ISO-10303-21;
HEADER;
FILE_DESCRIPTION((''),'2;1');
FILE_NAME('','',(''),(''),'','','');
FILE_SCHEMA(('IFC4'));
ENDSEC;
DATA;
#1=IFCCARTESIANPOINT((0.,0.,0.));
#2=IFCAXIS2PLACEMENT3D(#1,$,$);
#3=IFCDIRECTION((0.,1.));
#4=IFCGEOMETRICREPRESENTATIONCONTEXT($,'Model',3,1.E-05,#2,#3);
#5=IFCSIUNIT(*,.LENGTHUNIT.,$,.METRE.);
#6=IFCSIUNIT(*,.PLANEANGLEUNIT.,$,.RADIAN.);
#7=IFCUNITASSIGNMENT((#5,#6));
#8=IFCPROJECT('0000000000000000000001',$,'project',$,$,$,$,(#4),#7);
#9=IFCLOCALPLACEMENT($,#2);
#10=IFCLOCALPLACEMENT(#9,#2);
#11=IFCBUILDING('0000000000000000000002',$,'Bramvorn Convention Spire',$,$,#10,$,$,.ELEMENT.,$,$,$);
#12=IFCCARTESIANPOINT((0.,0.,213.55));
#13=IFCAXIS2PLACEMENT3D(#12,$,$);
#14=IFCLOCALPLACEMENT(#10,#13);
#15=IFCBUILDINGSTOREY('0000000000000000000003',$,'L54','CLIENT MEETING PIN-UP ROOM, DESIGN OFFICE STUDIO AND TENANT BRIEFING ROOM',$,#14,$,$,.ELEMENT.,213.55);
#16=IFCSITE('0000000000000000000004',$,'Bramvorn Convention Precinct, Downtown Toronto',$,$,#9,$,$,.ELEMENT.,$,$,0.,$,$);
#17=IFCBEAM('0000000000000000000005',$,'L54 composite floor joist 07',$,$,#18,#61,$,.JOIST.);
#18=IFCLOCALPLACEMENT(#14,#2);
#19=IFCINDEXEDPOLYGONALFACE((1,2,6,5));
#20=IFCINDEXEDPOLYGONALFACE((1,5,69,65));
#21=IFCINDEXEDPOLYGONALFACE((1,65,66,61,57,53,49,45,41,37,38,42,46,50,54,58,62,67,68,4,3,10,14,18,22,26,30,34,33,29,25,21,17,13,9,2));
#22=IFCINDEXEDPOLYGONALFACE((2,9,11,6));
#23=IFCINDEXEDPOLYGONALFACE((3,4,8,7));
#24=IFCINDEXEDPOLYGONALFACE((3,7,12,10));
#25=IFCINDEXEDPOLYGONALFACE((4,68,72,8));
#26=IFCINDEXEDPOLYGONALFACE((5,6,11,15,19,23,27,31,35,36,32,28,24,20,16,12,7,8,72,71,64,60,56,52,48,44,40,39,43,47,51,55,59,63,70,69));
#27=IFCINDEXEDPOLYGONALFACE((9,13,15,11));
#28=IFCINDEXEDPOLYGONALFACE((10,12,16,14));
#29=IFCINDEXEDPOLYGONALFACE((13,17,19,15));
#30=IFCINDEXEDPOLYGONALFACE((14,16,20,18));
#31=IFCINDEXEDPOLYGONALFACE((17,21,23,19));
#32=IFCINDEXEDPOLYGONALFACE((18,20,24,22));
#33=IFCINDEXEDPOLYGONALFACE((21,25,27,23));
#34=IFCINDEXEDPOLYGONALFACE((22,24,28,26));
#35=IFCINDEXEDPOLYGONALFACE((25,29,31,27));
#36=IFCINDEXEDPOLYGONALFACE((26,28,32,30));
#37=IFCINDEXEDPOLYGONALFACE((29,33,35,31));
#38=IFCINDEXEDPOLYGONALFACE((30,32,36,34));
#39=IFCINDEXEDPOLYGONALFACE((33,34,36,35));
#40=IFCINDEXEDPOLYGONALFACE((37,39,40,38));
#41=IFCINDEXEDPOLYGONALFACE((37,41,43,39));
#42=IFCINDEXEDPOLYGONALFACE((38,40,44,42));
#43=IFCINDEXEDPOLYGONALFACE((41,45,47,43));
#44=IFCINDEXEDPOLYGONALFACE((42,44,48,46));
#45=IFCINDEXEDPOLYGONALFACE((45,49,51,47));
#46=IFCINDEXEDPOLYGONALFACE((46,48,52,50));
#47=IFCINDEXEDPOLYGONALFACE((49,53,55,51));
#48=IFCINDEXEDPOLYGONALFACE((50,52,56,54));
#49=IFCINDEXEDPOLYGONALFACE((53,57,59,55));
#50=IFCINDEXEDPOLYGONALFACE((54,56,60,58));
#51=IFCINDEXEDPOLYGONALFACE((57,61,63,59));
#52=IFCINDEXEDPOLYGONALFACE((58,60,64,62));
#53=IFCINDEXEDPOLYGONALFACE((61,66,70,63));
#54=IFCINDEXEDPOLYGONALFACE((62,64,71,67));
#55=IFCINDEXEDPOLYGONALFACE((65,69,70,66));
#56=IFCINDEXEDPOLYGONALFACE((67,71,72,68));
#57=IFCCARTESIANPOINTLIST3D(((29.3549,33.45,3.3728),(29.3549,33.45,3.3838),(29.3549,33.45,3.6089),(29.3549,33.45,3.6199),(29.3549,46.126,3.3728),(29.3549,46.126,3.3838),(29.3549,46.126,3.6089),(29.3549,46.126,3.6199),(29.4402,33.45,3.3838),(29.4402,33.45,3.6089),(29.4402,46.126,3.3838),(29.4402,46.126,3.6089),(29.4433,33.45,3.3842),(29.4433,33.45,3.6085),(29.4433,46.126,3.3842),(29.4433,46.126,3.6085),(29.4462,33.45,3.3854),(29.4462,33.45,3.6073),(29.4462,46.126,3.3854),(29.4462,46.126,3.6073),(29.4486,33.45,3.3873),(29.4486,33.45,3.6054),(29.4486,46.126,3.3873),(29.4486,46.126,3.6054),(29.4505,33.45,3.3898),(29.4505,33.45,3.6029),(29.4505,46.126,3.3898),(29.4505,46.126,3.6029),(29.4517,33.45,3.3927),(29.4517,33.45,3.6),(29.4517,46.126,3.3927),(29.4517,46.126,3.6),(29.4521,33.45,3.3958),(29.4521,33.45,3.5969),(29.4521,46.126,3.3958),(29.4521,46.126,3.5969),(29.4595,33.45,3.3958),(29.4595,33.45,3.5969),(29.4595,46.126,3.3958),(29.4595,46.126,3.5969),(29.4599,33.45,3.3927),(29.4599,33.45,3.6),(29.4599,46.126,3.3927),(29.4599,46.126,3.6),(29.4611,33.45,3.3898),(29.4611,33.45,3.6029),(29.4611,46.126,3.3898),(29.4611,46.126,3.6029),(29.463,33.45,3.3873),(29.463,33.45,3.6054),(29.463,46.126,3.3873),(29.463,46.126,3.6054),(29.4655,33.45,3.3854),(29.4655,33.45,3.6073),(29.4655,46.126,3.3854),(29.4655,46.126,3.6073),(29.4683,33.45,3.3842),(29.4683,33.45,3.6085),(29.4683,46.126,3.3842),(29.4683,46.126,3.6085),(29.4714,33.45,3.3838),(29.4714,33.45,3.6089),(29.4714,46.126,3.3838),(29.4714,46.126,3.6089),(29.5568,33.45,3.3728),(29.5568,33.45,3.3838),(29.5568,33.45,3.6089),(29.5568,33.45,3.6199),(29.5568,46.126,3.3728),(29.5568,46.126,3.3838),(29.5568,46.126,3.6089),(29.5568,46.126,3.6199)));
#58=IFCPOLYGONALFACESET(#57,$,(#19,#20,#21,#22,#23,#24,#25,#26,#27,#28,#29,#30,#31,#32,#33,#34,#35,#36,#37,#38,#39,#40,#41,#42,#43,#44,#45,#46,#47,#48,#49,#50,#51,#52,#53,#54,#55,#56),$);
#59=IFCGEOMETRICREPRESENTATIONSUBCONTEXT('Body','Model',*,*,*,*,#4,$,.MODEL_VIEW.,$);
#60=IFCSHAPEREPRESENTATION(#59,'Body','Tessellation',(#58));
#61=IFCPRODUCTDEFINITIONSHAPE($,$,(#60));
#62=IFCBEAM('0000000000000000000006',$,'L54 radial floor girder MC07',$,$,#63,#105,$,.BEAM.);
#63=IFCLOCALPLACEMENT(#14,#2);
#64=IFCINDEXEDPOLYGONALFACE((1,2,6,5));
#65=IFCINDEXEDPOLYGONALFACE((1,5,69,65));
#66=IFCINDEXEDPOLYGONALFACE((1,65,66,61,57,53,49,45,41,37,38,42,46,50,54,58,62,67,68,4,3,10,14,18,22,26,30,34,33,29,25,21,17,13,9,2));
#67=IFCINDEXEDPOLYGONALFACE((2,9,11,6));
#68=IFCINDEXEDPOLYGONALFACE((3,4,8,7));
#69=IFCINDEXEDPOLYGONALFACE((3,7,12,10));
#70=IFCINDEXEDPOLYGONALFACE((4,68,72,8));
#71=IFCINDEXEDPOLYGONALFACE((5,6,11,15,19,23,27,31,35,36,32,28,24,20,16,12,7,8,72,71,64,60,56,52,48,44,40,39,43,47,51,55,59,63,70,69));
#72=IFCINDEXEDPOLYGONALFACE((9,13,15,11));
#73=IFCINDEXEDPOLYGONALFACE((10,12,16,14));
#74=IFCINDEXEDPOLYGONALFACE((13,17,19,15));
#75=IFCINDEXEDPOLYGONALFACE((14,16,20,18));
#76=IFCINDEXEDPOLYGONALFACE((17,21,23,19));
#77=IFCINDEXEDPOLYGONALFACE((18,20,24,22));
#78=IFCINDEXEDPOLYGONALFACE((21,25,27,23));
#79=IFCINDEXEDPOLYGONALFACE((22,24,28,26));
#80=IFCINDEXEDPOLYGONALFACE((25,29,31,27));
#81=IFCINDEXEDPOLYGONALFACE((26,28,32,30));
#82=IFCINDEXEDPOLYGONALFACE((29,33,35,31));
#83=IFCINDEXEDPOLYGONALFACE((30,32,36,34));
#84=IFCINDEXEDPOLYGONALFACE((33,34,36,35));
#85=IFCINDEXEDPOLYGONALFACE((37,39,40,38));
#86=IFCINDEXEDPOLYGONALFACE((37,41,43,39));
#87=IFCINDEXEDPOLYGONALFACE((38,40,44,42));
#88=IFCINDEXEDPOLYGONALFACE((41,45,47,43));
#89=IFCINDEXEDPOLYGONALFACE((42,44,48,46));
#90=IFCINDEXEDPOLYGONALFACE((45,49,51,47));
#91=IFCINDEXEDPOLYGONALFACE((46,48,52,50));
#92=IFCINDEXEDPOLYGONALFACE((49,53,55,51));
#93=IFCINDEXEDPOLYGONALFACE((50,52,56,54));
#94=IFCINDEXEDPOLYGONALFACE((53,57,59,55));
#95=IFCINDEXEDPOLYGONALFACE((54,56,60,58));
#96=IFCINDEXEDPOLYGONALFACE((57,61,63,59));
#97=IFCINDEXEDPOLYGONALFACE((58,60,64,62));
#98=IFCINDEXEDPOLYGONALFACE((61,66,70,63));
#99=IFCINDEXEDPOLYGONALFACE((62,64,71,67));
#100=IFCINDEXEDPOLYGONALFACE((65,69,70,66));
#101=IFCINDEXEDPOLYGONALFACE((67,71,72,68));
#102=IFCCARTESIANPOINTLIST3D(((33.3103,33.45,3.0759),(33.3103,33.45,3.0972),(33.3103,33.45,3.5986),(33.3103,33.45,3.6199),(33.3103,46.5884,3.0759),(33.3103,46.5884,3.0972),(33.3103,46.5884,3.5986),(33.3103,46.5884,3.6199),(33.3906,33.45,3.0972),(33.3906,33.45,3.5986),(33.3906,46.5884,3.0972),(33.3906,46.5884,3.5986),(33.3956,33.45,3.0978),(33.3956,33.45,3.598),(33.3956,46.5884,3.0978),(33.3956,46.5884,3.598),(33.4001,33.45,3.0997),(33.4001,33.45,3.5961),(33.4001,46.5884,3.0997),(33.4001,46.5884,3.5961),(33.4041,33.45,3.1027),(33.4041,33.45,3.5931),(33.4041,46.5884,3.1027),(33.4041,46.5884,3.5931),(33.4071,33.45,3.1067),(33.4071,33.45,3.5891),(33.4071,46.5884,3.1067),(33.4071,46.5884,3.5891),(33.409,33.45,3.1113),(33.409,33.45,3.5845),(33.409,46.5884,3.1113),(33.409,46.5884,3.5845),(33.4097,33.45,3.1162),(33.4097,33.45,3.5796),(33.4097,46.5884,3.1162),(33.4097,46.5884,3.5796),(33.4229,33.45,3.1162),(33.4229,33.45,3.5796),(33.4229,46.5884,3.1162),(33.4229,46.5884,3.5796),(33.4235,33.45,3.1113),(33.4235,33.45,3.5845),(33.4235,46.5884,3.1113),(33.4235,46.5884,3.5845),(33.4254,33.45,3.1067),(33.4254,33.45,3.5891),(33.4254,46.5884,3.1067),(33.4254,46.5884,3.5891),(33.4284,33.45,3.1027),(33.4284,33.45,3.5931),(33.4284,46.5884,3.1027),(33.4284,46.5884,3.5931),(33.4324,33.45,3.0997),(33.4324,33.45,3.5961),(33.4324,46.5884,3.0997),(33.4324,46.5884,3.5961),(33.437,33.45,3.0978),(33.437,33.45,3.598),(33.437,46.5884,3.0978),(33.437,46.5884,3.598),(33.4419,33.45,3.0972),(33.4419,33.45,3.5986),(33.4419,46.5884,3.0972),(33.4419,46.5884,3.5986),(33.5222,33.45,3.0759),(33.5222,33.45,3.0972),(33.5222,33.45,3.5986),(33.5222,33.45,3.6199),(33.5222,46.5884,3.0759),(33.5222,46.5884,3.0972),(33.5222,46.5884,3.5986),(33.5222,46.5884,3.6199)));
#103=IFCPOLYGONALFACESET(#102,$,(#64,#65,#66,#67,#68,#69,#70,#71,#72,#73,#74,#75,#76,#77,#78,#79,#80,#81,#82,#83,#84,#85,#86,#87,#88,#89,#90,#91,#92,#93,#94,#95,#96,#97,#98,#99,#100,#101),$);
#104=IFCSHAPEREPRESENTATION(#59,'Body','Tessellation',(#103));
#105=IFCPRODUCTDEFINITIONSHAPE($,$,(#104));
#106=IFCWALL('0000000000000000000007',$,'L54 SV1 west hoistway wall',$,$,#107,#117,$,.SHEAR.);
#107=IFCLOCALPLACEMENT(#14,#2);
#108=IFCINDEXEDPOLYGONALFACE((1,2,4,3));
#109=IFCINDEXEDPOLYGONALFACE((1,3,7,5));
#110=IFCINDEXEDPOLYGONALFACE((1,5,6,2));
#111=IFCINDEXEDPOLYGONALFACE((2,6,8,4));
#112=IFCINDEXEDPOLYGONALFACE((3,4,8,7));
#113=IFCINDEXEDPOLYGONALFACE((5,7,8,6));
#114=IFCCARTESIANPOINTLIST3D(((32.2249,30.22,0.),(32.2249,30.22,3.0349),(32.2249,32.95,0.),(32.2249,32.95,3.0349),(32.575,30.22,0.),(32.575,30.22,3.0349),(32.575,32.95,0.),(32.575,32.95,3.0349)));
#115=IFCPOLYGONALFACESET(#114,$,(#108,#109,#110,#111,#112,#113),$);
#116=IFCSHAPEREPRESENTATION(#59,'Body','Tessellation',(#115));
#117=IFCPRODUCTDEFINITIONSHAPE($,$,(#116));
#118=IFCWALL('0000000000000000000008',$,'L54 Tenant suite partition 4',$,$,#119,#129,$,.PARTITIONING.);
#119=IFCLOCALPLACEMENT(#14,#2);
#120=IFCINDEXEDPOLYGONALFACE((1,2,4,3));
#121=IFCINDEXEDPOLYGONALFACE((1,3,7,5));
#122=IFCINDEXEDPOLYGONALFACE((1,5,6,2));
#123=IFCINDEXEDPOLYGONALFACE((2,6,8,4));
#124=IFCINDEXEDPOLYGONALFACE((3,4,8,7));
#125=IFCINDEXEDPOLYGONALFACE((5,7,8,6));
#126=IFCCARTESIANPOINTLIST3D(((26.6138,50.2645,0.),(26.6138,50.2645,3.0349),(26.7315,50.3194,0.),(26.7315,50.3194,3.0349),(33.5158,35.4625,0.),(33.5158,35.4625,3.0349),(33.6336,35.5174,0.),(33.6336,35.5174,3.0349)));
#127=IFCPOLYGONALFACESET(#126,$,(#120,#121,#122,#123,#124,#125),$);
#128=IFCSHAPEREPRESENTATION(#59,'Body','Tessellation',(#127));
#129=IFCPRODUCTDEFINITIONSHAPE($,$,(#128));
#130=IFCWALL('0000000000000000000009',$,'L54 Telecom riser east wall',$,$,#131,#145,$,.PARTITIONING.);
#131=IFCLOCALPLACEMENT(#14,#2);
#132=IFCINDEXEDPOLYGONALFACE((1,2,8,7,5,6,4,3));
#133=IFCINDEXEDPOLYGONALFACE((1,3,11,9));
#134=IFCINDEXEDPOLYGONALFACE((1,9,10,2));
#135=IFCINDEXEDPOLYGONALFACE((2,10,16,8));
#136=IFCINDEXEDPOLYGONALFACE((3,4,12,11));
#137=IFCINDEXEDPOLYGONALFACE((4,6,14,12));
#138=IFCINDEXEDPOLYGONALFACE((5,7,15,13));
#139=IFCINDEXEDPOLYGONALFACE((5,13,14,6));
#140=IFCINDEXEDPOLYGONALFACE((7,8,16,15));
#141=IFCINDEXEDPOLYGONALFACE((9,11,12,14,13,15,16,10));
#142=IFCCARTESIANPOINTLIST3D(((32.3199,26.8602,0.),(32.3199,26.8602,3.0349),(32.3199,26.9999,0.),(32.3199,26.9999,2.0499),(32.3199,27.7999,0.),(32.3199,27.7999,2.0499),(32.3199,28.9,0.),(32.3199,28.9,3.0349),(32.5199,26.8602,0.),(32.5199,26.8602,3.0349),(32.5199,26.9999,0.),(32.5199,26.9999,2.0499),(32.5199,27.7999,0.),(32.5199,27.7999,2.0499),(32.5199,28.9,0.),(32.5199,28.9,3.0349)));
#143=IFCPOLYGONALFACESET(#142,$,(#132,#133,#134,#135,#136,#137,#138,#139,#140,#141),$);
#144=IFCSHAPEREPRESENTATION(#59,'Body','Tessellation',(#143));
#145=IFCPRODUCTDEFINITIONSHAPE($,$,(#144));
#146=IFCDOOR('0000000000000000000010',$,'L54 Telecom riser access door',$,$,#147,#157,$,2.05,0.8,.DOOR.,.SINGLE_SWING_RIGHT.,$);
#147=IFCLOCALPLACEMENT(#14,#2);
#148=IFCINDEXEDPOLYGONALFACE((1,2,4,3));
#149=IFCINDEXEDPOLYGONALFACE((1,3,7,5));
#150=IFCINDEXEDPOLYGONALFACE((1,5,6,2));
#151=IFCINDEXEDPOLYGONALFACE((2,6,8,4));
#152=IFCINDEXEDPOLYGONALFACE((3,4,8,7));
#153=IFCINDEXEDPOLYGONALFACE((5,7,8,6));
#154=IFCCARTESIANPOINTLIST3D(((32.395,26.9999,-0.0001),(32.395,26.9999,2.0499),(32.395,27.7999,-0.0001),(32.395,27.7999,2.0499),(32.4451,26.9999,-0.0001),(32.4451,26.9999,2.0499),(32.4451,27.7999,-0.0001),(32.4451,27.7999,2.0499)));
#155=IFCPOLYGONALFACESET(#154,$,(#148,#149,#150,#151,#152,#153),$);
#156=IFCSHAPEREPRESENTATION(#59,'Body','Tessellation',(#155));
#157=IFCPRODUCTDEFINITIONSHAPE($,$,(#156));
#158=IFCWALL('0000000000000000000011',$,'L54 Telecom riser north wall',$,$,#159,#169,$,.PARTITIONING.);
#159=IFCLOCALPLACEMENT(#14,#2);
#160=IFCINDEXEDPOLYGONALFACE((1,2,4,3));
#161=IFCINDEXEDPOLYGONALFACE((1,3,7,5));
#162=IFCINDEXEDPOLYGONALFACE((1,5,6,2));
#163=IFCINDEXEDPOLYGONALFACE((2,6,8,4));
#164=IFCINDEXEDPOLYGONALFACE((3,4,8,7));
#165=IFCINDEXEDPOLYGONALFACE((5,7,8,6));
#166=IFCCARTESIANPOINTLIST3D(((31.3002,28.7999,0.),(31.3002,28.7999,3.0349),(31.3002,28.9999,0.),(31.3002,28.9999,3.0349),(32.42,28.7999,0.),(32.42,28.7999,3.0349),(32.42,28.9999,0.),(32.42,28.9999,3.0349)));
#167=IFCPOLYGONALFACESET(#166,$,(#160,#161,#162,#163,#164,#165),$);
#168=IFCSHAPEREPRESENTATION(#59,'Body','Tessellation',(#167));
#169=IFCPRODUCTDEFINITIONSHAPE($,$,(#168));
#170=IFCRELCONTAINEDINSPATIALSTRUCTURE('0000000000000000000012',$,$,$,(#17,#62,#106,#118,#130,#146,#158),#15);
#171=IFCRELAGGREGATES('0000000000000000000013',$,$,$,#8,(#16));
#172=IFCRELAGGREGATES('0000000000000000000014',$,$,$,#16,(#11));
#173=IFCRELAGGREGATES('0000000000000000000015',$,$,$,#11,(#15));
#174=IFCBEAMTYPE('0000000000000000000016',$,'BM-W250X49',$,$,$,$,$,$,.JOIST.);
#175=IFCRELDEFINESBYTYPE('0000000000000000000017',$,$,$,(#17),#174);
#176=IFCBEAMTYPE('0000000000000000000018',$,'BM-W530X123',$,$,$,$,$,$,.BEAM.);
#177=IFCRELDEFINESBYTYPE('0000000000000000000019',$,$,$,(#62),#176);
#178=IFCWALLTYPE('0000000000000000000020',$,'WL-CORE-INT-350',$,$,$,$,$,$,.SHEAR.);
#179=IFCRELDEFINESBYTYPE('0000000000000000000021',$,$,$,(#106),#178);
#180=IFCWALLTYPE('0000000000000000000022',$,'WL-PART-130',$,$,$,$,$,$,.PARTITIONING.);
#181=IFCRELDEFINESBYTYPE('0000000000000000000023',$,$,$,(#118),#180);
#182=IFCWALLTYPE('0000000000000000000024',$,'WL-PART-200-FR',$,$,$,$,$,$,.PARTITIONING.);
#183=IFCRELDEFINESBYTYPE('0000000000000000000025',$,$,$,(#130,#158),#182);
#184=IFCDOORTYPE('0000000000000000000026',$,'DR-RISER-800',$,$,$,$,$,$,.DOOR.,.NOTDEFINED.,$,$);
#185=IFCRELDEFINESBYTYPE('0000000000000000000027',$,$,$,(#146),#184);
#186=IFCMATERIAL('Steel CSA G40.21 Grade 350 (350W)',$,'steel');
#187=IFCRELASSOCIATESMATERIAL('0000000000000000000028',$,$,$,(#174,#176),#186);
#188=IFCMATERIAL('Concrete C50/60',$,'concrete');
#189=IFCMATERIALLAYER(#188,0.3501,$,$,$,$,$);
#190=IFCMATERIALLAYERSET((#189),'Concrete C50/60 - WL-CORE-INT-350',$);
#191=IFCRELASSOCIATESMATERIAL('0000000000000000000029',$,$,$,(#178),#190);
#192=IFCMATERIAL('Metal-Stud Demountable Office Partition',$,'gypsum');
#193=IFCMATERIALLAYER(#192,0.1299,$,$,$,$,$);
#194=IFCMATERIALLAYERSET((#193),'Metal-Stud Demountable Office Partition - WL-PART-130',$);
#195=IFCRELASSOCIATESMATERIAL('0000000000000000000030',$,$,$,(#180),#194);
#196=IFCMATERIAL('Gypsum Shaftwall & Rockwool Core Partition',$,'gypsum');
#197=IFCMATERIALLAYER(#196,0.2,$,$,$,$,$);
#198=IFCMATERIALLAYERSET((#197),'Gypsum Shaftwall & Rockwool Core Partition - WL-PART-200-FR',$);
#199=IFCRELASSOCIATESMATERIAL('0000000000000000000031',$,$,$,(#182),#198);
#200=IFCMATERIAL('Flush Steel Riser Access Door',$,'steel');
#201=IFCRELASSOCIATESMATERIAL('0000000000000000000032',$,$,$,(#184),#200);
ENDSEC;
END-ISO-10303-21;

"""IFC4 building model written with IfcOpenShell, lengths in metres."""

from ifc_helpers import new_model, si_unit, direction, frame, frame_2d, origin, origin_2d, place, context, subcontext, project, spatial, rectangle, i_section, extrude, material, layer, layer_set, material_profile, profile_set, type_object, element, fill, save


model = new_model("IFC4")

# Units and contexts
model_context = context("Model", 3, precision=1e-05, world=origin(), true_north=direction((0.0, 1.0)))
body_context = subcontext(model_context, "Body", "Model", "MODEL_VIEW")
ifc_project = project(units=[si_unit("LENGTHUNIT", "METRE"), si_unit("PLANEANGLEUNIT", "RADIAN")], contexts=[model_context])

# Site, building, storey
site_placement = place(None, origin())
site = spatial("IfcSite", under=ifc_project, at=site_placement, Name="Bramvorn Convention Precinct, Downtown Toronto", CompositionType="ELEMENT", RefElevation=0.0)
building_placement = place(site_placement, origin())
building = spatial("IfcBuilding", under=site, at=building_placement, Name="Bramvorn Convention Spire", CompositionType="ELEMENT")
storey_placement = place(building_placement, frame((0.0, 0.0, 213.55)))
storey = spatial("IfcBuildingStorey", under=building, at=storey_placement, Name="L54", Description="CLIENT MEETING PIN-UP ROOM, DESIGN OFFICE STUDIO AND TENANT BRIEFING ROOM", CompositionType="ELEMENT", Elevation=213.55)

# Beams
ifc_material_1 = material(Name="Steel CSA G40.21 Grade 350 (350W)", Category="steel")
ifc_material_profile_1 = material_profile(ifc_material_1, i_section(OverallWidth=0.2019, OverallDepth=0.2471, WebThickness=0.0073, FlangeThickness=0.011, FilletRadius=0.012, at=origin_2d()))
ifc_profile_set_1 = profile_set([ifc_material_profile_1], Name="Steel CSA G40.21 Grade 350 (350W) - W250X49")
beam_type_1 = type_object("IfcBeamType", Name="BM-W250X49", PredefinedType="JOIST", material=ifc_profile_set_1)
beam_1_placement = place(storey_placement, frame((29.4558, 33.45, 3.4963), z_axis=(0.0, 1.0, 0.0), x_axis=(-1.0, 0.0, 0.0)))
element("IfcBeam", 1, at=beam_1_placement, inside=storey, type_object=beam_type_1, Name="L54 composite floor joist 07", PredefinedType="JOIST", context=body_context, shape_type="SweptSolid", body=[
    extrude(i_section(OverallWidth=0.2019, OverallDepth=0.2471, WebThickness=0.0073, FlangeThickness=0.011, FilletRadius=0.012, at=origin_2d()), origin(), (0.0, 0.0, 1.0), 12.676),
])
ifc_material_profile_2 = material_profile(ifc_material_1, i_section(OverallWidth=0.2119, OverallDepth=0.5439, WebThickness=0.0132, FlangeThickness=0.0212, FilletRadius=0.019, at=origin_2d()))
ifc_profile_set_2 = profile_set([ifc_material_profile_2], Name="Steel CSA G40.21 Grade 350 (350W) - W530X123")
beam_type_2 = type_object("IfcBeamType", Name="BM-W530X123", PredefinedType="BEAM", material=ifc_profile_set_2)
beam_2_placement = place(storey_placement, frame((33.4163, 33.45, 3.3479), z_axis=(0.0, 1.0, 0.0), x_axis=(-1.0, 0.0, 0.0)))
element("IfcBeam", 2, at=beam_2_placement, inside=storey, type_object=beam_type_2, Name="L54 radial floor girder MC07", PredefinedType="BEAM", context=body_context, shape_type="SweptSolid", body=[
    extrude(i_section(OverallWidth=0.2119, OverallDepth=0.5439, WebThickness=0.0132, FlangeThickness=0.0212, FilletRadius=0.019, at=origin_2d()), origin(), (0.0, 0.0, 1.0), 13.1384),
])

# Shared definitions
ifc_material_2 = material(Name="Concrete C50/60", Category="concrete")
ifc_layer_1 = layer(ifc_material_2, 0.3501)
ifc_layer_set_1 = layer_set([ifc_layer_1], Name="Concrete C50/60 - WL-CORE-INT-350")
wall_type_1 = type_object("IfcWallType", Name="WL-CORE-INT-350", PredefinedType="SHEAR", material=ifc_layer_set_1)

# Walls
wall_1_placement = place(storey_placement, frame((32.3999, 30.22, 0.0), z_axis=(0.0, 0.0, 1.0), x_axis=(0.0, 1.0, 0.0)))
element("IfcWall", 3, at=wall_1_placement, inside=storey, type_object=wall_type_1, Name="L54 SV1 west hoistway wall", PredefinedType="SHEAR", context=body_context, shape_type="SweptSolid", body=[
    extrude(rectangle(XDim=2.73, YDim=0.3501, at=frame_2d((1.365, 0.0))), origin(), (0.0, 0.0, 1.0), 3.0349),
])
ifc_material_3 = material(Name="Metal-Stud Demountable Office Partition", Category="gypsum")
ifc_layer_2 = layer(ifc_material_3, 0.1299)
ifc_layer_set_2 = layer_set([ifc_layer_2], Name="Metal-Stud Demountable Office Partition - WL-PART-130")
wall_type_2 = type_object("IfcWallType", Name="WL-PART-130", PredefinedType="PARTITIONING", material=ifc_layer_set_2)
wall_2_placement = place(storey_placement, frame((33.5747, 35.49, 0.0), z_axis=(0.0, 0.0, 1.0), x_axis=(-0.422609, 0.906312, 0.0)))
element("IfcWall", 4, at=wall_2_placement, inside=storey, type_object=wall_type_2, Name="L54 Tenant suite partition 4", PredefinedType="PARTITIONING", context=body_context, shape_type="SweptSolid", body=[
    extrude(rectangle(XDim=16.332, YDim=0.1299, at=frame_2d((8.166, 0.0))), origin(), (0.0, 0.0, 1.0), 3.0349),
])

# Wall, opening, door
ifc_material_4 = material(Name="Gypsum Shaftwall & Rockwool Core Partition", Category="gypsum")
ifc_layer_3 = layer(ifc_material_4, 0.2)
ifc_layer_set_3 = layer_set([ifc_layer_3], Name="Gypsum Shaftwall & Rockwool Core Partition - WL-PART-200-FR")
wall_type_3 = type_object("IfcWallType", Name="WL-PART-200-FR", PredefinedType="PARTITIONING", material=ifc_layer_set_3)
wall_3_placement = place(storey_placement, frame((32.4199, 26.8601, 0.0), z_axis=(0.0, 0.0, 1.0), x_axis=(0.0, 1.0, 0.0)))
wall_3 = element("IfcWall", 5, at=wall_3_placement, inside=storey, type_object=wall_type_3, Name="L54 Telecom riser east wall", PredefinedType="PARTITIONING", context=body_context, shape_type="SweptSolid", body=[
    extrude(rectangle(XDim=2.0398, YDim=0.2, at=frame_2d((1.02, 0.0))), origin(), (0.0, 0.0, 1.0), 3.0349),
])
opening_1_placement = place(wall_3_placement, frame((0.1399, 0.0, 0.0)))
opening_1 = element("IfcOpeningElement", 6, at=opening_1_placement, cuts=wall_3, PredefinedType="OPENING", context=body_context, shape_type="SweptSolid", body=[
    extrude(rectangle(XDim=0.8, YDim=2.05, at=frame_2d((0.3999, 1.0249))), frame((0.0, 0.1099, 0.0), z_axis=(0.0, -1.0, 0.0), x_axis=(1.0, 0.0, 0.0)), (0.0, 0.0, 1.0), 0.22),
])
ifc_material_5 = material(Name="Flush Steel Riser Access Door", Category="steel")
door_type_1 = type_object("IfcDoorType", Name="DR-RISER-800", OperationType="NOTDEFINED", PredefinedType="DOOR", material=ifc_material_5)
door_1_placement = place(opening_1_placement, origin())
door_1 = element("IfcDoor", 7, at=door_1_placement, inside=storey, type_object=door_type_1, Name="L54 Telecom riser access door", OperationType="SINGLE_SWING_RIGHT", OverallHeight=2.05, OverallWidth=0.8, PredefinedType="DOOR", context=body_context, shape_type="SweptSolid", body=[
    extrude(rectangle(XDim=0.8, YDim=2.05, at=frame_2d((0.3999, 1.0249))), frame((0.0, 0.0249, 0.0), z_axis=(0.0, -1.0, 0.0), x_axis=(1.0, 0.0, 0.0)), (0.0, 0.0, 1.0), 0.05),
])
fill(opening_1, door_1)

# Wall
wall_4_placement = place(storey_placement, frame((31.3, 28.8999, 0.0), z_axis=(0.0, 0.0, 1.0), x_axis=(1.0, 0.0, 0.0)))
element("IfcWall", 8, at=wall_4_placement, inside=storey, type_object=wall_type_3, Name="L54 Telecom riser north wall", PredefinedType="PARTITIONING", context=body_context, shape_type="SweptSolid", body=[
    extrude(rectangle(XDim=1.1199, YDim=0.2, at=frame_2d((0.5601, 0.0))), origin(), (0.0, 0.0, 1.0), 3.0349),
])

save(model, "model.ifc")
